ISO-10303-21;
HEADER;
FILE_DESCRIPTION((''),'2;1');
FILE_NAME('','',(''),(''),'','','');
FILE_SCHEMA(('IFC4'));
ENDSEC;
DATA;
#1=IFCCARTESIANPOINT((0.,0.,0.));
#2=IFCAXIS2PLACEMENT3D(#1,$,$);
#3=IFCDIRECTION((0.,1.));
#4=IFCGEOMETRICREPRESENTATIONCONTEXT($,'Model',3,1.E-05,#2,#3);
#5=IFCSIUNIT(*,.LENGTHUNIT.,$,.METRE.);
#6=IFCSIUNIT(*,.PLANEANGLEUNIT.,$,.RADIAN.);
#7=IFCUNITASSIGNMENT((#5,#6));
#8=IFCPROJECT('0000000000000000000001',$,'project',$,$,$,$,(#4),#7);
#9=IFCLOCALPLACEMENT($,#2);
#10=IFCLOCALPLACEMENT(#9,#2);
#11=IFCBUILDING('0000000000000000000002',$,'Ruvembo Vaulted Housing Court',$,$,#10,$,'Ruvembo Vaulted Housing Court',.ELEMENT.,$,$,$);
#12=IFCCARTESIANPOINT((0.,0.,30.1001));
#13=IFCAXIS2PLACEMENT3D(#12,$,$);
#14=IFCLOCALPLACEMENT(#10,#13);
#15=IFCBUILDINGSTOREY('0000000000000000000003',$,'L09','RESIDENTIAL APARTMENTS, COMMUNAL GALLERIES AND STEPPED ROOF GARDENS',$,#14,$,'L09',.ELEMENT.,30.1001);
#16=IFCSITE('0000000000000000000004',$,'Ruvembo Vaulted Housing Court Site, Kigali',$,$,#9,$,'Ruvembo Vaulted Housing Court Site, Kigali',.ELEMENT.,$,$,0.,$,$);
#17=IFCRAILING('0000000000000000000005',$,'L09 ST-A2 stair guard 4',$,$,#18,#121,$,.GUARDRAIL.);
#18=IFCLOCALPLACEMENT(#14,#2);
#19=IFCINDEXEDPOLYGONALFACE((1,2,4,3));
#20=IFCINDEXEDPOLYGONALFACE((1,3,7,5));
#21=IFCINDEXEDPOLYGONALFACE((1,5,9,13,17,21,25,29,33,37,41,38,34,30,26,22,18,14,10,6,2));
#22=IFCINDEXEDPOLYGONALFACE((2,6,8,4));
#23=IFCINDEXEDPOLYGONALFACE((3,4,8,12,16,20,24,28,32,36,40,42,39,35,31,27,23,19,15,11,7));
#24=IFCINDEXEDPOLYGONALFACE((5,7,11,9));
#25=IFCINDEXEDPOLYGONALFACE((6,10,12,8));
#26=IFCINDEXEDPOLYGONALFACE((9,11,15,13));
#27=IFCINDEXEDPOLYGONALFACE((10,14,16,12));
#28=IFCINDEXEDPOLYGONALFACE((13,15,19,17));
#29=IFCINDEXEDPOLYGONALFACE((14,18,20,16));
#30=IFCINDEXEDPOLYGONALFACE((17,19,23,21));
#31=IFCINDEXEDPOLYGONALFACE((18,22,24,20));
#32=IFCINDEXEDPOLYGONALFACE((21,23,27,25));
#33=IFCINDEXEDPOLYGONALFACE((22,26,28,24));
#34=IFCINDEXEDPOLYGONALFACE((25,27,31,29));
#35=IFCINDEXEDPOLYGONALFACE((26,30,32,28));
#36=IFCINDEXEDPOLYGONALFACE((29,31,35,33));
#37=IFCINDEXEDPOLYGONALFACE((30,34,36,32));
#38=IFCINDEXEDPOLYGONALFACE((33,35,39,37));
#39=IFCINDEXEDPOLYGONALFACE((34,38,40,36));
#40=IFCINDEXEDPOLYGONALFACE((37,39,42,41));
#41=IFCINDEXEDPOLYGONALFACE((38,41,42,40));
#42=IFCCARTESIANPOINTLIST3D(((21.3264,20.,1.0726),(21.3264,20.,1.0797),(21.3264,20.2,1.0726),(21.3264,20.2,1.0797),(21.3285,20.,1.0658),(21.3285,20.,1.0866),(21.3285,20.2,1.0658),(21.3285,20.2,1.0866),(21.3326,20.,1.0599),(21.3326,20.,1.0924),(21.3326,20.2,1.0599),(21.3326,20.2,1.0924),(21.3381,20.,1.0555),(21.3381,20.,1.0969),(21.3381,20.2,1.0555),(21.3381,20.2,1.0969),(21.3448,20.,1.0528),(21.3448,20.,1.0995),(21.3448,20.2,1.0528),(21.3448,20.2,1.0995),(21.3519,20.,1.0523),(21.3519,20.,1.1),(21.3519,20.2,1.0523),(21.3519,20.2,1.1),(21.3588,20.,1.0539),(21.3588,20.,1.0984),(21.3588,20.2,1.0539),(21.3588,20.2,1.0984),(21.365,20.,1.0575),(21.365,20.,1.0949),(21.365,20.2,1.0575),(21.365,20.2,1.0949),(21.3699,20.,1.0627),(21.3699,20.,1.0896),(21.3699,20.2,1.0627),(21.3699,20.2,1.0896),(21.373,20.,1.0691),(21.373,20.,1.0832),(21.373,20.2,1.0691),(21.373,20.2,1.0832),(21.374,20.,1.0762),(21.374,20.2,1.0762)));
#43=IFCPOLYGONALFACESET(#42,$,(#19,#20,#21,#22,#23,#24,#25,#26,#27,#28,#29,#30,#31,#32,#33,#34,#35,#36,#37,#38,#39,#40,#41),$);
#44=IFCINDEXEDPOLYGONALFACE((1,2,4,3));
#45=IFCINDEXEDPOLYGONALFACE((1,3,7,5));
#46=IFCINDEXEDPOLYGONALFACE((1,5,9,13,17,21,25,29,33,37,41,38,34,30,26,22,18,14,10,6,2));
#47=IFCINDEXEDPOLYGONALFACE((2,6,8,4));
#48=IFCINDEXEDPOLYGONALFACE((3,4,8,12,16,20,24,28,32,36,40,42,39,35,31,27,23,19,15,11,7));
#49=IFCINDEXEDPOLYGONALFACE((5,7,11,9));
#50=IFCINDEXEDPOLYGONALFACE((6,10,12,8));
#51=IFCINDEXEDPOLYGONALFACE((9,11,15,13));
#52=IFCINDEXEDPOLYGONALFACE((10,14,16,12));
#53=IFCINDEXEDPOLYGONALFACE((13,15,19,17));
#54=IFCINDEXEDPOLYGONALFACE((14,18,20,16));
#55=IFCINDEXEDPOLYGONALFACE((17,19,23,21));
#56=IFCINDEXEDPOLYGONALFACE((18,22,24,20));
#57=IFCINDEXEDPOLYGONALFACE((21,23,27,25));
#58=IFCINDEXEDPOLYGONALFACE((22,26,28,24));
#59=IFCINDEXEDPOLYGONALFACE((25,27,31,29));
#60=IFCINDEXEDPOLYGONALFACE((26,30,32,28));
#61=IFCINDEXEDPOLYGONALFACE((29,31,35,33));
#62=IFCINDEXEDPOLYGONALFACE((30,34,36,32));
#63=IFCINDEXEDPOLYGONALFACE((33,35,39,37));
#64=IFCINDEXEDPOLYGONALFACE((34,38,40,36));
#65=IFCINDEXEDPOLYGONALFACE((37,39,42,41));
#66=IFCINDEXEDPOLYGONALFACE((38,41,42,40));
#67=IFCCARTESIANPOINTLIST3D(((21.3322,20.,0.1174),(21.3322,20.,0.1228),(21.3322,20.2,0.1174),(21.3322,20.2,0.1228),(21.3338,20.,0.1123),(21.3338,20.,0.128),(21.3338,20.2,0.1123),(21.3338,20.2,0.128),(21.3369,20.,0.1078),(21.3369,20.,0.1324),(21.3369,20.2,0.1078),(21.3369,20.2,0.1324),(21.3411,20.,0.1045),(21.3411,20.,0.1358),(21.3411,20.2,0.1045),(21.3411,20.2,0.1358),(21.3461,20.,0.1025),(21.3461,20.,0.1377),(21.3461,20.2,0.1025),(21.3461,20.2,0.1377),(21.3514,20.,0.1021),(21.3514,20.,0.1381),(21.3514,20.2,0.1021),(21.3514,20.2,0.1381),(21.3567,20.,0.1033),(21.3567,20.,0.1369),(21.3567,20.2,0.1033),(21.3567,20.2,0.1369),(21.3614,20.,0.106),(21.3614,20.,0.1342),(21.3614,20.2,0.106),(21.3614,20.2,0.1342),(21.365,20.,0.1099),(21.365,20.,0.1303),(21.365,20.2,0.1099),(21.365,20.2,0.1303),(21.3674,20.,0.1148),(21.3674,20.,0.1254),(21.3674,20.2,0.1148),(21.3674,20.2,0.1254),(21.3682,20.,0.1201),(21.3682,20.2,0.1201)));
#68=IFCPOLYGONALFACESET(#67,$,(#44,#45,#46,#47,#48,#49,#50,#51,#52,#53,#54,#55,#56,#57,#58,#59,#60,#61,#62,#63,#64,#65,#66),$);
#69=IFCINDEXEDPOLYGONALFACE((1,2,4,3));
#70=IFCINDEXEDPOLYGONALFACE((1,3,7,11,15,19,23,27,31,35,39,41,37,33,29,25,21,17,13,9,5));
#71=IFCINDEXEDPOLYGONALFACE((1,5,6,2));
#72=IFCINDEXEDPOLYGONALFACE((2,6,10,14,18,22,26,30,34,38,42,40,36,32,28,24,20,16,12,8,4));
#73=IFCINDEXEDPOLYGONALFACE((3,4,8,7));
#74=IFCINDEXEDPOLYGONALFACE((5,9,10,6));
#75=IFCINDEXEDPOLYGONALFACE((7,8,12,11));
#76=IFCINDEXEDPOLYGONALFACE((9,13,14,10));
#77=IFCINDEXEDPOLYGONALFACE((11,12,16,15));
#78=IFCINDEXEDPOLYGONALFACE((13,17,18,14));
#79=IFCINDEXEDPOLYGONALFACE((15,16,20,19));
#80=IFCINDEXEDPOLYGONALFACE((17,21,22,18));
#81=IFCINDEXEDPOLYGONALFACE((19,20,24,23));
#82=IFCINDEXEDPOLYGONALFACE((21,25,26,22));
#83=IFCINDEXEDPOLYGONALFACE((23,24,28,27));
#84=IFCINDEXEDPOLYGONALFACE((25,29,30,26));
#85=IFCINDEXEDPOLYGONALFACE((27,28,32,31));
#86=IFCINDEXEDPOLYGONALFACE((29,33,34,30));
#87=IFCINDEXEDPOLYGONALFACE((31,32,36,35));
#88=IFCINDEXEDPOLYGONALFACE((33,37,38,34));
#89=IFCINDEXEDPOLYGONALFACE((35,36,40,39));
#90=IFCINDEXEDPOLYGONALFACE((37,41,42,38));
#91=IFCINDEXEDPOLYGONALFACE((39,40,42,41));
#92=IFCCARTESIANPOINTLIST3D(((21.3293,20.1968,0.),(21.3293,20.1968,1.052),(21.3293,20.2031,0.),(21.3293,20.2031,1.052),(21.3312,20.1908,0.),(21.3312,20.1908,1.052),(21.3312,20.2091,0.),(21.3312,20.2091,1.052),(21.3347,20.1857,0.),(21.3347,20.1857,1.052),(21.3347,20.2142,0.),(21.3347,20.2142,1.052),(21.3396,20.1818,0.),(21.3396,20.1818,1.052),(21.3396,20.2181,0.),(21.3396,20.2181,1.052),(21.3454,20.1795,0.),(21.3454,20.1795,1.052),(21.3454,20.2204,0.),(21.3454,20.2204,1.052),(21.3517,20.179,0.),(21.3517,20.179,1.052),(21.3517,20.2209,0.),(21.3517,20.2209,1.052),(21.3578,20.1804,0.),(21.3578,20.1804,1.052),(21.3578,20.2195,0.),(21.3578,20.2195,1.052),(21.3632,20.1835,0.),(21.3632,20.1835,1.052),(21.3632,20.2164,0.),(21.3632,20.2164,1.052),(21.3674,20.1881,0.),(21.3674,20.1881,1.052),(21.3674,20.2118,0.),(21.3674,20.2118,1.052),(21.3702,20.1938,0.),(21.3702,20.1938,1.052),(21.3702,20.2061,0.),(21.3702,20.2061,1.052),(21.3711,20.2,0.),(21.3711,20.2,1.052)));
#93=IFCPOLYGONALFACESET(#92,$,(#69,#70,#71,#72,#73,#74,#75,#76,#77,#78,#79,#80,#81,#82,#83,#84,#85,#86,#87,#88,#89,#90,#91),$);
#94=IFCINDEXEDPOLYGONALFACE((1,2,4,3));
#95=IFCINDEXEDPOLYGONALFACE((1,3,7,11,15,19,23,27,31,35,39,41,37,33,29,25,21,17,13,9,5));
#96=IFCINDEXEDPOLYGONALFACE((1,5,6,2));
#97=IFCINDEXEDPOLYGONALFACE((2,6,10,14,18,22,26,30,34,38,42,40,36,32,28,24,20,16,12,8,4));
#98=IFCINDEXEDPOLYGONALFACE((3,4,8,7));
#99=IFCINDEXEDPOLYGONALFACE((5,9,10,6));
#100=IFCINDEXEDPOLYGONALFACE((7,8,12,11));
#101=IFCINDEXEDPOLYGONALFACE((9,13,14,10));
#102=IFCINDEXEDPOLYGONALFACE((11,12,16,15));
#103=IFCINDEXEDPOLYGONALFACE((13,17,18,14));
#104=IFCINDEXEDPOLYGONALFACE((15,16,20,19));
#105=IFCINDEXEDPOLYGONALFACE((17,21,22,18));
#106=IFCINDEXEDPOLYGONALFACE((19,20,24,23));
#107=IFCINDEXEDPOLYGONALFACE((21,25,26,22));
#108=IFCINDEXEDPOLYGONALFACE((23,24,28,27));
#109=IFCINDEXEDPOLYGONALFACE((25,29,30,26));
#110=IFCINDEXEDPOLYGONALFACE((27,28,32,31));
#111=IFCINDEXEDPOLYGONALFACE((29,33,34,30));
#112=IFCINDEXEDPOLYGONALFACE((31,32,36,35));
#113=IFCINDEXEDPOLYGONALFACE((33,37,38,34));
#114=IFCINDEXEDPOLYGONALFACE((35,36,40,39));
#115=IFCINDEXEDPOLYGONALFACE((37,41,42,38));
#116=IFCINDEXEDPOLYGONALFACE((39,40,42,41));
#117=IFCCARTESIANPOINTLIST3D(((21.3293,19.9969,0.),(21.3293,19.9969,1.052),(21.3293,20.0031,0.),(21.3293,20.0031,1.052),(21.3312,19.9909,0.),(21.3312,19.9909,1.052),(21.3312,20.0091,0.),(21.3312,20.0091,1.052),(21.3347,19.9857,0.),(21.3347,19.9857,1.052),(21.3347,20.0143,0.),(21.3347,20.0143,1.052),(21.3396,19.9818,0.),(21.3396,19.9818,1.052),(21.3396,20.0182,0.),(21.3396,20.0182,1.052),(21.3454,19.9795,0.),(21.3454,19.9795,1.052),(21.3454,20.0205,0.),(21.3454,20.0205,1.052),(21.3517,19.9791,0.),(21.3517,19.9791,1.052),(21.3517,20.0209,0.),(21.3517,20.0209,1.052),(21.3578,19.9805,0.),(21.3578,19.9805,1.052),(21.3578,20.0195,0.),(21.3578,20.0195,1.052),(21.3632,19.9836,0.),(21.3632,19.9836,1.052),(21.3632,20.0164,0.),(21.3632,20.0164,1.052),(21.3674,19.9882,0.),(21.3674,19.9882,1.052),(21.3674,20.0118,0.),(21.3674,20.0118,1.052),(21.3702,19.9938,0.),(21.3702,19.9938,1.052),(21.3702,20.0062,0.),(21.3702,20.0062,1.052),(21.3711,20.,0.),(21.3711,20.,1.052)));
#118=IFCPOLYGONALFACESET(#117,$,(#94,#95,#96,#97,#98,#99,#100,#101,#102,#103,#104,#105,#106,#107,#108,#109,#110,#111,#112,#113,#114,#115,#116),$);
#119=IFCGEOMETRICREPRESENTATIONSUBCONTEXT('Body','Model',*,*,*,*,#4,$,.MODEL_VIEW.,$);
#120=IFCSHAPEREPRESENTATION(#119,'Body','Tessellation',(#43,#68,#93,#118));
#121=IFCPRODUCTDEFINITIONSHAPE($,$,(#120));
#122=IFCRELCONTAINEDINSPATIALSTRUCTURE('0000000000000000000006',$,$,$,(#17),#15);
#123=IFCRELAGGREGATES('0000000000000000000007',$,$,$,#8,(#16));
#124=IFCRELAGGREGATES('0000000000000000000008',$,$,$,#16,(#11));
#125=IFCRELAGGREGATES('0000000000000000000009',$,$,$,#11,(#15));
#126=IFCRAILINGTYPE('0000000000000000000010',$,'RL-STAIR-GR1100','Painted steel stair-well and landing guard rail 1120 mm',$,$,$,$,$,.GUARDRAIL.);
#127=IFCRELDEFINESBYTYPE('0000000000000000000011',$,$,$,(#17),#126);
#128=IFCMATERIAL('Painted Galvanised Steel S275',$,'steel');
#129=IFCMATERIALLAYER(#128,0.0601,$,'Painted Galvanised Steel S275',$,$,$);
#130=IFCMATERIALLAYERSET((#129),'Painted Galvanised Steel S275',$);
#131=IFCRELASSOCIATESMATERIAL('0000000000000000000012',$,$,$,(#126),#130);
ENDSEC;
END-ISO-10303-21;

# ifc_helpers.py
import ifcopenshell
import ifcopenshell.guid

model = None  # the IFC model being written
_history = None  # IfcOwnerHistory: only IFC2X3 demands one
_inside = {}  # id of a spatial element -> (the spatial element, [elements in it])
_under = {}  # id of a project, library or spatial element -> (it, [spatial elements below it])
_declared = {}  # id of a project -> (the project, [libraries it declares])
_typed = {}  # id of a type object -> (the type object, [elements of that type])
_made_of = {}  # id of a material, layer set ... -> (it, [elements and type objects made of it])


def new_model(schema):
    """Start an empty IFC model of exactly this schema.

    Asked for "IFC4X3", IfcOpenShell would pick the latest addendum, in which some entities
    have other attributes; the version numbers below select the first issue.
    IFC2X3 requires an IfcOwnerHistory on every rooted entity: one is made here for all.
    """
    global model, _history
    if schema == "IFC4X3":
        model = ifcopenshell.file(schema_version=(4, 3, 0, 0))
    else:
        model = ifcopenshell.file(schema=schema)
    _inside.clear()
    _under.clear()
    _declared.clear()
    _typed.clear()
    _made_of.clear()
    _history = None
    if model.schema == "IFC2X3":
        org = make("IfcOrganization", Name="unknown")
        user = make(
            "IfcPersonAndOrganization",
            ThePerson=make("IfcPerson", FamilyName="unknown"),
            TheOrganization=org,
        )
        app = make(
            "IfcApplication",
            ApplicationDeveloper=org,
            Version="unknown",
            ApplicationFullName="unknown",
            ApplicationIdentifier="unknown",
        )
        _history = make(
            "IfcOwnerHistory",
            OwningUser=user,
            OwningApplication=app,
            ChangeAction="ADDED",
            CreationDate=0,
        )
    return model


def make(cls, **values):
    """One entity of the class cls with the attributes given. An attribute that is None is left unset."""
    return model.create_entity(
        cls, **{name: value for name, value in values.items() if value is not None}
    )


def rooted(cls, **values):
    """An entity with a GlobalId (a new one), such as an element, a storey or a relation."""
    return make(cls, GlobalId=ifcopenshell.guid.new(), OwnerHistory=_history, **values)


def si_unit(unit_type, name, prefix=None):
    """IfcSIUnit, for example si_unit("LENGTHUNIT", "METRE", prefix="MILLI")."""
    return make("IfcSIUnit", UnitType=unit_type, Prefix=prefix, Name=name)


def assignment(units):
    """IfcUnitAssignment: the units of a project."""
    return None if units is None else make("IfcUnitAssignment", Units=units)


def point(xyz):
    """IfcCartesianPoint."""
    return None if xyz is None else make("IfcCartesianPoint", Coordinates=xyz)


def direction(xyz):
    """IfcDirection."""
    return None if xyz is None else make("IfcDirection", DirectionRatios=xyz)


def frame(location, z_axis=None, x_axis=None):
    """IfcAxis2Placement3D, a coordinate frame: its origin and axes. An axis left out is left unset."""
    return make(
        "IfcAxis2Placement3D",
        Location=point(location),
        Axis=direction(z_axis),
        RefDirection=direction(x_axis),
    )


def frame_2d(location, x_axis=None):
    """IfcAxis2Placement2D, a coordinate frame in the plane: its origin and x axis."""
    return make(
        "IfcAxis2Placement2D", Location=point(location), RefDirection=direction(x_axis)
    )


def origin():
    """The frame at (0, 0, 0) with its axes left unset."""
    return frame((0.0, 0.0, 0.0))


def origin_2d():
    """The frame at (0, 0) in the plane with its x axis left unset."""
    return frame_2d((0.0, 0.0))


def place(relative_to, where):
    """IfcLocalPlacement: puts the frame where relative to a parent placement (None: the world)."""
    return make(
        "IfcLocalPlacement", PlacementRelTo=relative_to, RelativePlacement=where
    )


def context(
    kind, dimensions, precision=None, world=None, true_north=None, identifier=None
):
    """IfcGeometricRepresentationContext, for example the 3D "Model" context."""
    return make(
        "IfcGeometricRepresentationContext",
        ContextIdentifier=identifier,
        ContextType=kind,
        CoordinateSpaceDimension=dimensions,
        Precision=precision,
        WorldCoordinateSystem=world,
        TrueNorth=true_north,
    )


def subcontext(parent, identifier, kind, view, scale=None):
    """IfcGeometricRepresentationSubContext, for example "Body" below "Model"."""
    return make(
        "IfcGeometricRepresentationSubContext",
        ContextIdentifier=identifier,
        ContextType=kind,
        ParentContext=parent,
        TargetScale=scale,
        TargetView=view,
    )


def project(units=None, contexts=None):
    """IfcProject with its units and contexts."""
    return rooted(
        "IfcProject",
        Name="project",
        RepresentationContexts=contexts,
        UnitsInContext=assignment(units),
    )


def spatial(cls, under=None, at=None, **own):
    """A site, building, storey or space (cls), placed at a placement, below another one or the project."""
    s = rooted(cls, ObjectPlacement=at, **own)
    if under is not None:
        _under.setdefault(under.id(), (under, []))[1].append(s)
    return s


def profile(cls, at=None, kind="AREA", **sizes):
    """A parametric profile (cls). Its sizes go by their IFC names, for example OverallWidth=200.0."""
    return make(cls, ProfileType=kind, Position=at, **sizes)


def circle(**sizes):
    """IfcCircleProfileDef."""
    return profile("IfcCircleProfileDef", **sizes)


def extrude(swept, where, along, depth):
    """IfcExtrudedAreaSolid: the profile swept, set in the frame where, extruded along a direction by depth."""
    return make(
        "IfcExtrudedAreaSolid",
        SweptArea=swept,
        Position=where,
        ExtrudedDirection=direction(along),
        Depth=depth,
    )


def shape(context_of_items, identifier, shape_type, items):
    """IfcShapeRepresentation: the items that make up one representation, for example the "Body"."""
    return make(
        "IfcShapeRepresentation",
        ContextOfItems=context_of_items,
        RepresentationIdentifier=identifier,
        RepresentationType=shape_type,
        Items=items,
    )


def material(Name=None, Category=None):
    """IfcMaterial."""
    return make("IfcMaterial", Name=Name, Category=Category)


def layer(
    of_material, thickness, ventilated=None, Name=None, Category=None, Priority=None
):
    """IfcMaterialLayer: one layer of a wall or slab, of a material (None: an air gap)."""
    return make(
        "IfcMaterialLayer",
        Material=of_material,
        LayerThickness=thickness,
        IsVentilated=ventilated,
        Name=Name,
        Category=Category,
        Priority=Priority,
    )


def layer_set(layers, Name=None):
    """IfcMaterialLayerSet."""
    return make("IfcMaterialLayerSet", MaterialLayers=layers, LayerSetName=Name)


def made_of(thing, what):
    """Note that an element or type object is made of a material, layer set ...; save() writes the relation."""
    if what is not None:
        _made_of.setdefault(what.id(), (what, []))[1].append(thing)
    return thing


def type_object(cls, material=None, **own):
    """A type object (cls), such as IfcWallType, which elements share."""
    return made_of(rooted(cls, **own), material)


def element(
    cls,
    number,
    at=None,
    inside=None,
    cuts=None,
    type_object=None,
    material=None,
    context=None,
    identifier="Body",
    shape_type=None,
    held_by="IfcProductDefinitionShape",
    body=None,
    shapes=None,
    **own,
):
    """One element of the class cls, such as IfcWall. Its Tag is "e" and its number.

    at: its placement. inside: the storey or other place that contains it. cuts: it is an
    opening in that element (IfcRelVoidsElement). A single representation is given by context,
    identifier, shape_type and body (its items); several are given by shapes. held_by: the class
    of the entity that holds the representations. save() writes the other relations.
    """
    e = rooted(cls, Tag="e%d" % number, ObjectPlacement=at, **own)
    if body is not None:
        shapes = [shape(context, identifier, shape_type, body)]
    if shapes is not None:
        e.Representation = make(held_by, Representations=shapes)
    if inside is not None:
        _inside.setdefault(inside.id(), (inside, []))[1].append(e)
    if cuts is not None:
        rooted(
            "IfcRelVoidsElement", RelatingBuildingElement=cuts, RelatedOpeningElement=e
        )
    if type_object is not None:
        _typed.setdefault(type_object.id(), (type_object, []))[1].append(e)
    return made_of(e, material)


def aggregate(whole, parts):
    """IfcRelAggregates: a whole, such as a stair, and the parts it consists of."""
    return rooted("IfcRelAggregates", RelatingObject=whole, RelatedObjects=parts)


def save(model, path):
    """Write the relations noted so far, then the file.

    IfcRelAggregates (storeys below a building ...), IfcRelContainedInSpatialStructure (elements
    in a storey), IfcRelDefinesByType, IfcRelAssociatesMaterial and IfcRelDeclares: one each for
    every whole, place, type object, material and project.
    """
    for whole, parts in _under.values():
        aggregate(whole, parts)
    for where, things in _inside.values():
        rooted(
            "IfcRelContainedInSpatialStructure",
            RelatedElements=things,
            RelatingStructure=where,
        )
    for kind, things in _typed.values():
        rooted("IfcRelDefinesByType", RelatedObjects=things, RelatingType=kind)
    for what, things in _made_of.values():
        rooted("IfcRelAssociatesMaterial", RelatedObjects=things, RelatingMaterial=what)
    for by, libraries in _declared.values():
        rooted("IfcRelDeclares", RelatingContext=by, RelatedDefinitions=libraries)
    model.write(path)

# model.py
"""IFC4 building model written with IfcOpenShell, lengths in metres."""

from ifc_helpers import new_model, si_unit, direction, frame, origin, origin_2d, place, context, subcontext, project, spatial, circle, extrude, material, layer, layer_set, type_object, element, save


model = new_model("IFC4")

# Units and contexts
model_context = context("Model", 3, precision=1e-05, world=origin(), true_north=direction((0.0, 1.0)))
body_context = subcontext(model_context, "Body", "Model", "MODEL_VIEW")
ifc_project = project(units=[si_unit("LENGTHUNIT", "METRE"), si_unit("PLANEANGLEUNIT", "RADIAN")], contexts=[model_context])

# Site, building, storey
site_placement = place(None, origin())
site = spatial("IfcSite", under=ifc_project, at=site_placement, Name="Ruvembo Vaulted Housing Court Site, Kigali", LongName="Ruvembo Vaulted Housing Court Site, Kigali", CompositionType="ELEMENT", RefElevation=0.0)
building_placement = place(site_placement, origin())
building = spatial("IfcBuilding", under=site, at=building_placement, Name="Ruvembo Vaulted Housing Court", LongName="Ruvembo Vaulted Housing Court", CompositionType="ELEMENT")
storey_placement = place(building_placement, frame((0.0, 0.0, 30.1001)))
storey = spatial("IfcBuildingStorey", under=building, at=storey_placement, Name="L09", Description="RESIDENTIAL APARTMENTS, COMMUNAL GALLERIES AND STEPPED ROOF GARDENS", LongName="L09", CompositionType="ELEMENT", Elevation=30.1001)

# Railing
ifc_material_1 = material(Name="Painted Galvanised Steel S275", Category="steel")
ifc_layer_1 = layer(ifc_material_1, 0.0601, Name="Painted Galvanised Steel S275")
ifc_layer_set_1 = layer_set([ifc_layer_1], Name="Painted Galvanised Steel S275")
railing_type_1 = type_object("IfcRailingType", Name="RL-STAIR-GR1100", Description="Painted steel stair-well and landing guard rail 1120 mm", PredefinedType="GUARDRAIL", material=ifc_layer_set_1)
railing_1_placement = place(storey_placement, frame((21.3501, 20.2, 0.0)))
element("IfcRailing", 1, at=railing_1_placement, inside=storey, type_object=railing_type_1, Name="L09 ST-A2 stair guard 4", PredefinedType="GUARDRAIL", context=body_context, shape_type="SweptSolid", body=[
    extrude(circle(Radius=0.0239, at=origin_2d()), frame((0.0, 0.0, 1.0762), z_axis=(0.0, -1.0, 0.0), x_axis=(1.0, 0.0, 0.0)), (0.0, 0.0, 1.0), 0.2),
    extrude(circle(Radius=0.0181, at=origin_2d()), frame((0.0, 0.0, 0.1201), z_axis=(0.0, -1.0, 0.0), x_axis=(1.0, 0.0, 0.0)), (0.0, 0.0, 1.0), 0.2),
    extrude(circle(Radius=0.021, at=origin_2d()), origin(), (0.0, 0.0, 1.0), 1.052),
    extrude(circle(Radius=0.021, at=origin_2d()), frame((0.0, -0.2, 0.0)), (0.0, 0.0, 1.0), 1.052),
])

save(model, "model.ifc")
